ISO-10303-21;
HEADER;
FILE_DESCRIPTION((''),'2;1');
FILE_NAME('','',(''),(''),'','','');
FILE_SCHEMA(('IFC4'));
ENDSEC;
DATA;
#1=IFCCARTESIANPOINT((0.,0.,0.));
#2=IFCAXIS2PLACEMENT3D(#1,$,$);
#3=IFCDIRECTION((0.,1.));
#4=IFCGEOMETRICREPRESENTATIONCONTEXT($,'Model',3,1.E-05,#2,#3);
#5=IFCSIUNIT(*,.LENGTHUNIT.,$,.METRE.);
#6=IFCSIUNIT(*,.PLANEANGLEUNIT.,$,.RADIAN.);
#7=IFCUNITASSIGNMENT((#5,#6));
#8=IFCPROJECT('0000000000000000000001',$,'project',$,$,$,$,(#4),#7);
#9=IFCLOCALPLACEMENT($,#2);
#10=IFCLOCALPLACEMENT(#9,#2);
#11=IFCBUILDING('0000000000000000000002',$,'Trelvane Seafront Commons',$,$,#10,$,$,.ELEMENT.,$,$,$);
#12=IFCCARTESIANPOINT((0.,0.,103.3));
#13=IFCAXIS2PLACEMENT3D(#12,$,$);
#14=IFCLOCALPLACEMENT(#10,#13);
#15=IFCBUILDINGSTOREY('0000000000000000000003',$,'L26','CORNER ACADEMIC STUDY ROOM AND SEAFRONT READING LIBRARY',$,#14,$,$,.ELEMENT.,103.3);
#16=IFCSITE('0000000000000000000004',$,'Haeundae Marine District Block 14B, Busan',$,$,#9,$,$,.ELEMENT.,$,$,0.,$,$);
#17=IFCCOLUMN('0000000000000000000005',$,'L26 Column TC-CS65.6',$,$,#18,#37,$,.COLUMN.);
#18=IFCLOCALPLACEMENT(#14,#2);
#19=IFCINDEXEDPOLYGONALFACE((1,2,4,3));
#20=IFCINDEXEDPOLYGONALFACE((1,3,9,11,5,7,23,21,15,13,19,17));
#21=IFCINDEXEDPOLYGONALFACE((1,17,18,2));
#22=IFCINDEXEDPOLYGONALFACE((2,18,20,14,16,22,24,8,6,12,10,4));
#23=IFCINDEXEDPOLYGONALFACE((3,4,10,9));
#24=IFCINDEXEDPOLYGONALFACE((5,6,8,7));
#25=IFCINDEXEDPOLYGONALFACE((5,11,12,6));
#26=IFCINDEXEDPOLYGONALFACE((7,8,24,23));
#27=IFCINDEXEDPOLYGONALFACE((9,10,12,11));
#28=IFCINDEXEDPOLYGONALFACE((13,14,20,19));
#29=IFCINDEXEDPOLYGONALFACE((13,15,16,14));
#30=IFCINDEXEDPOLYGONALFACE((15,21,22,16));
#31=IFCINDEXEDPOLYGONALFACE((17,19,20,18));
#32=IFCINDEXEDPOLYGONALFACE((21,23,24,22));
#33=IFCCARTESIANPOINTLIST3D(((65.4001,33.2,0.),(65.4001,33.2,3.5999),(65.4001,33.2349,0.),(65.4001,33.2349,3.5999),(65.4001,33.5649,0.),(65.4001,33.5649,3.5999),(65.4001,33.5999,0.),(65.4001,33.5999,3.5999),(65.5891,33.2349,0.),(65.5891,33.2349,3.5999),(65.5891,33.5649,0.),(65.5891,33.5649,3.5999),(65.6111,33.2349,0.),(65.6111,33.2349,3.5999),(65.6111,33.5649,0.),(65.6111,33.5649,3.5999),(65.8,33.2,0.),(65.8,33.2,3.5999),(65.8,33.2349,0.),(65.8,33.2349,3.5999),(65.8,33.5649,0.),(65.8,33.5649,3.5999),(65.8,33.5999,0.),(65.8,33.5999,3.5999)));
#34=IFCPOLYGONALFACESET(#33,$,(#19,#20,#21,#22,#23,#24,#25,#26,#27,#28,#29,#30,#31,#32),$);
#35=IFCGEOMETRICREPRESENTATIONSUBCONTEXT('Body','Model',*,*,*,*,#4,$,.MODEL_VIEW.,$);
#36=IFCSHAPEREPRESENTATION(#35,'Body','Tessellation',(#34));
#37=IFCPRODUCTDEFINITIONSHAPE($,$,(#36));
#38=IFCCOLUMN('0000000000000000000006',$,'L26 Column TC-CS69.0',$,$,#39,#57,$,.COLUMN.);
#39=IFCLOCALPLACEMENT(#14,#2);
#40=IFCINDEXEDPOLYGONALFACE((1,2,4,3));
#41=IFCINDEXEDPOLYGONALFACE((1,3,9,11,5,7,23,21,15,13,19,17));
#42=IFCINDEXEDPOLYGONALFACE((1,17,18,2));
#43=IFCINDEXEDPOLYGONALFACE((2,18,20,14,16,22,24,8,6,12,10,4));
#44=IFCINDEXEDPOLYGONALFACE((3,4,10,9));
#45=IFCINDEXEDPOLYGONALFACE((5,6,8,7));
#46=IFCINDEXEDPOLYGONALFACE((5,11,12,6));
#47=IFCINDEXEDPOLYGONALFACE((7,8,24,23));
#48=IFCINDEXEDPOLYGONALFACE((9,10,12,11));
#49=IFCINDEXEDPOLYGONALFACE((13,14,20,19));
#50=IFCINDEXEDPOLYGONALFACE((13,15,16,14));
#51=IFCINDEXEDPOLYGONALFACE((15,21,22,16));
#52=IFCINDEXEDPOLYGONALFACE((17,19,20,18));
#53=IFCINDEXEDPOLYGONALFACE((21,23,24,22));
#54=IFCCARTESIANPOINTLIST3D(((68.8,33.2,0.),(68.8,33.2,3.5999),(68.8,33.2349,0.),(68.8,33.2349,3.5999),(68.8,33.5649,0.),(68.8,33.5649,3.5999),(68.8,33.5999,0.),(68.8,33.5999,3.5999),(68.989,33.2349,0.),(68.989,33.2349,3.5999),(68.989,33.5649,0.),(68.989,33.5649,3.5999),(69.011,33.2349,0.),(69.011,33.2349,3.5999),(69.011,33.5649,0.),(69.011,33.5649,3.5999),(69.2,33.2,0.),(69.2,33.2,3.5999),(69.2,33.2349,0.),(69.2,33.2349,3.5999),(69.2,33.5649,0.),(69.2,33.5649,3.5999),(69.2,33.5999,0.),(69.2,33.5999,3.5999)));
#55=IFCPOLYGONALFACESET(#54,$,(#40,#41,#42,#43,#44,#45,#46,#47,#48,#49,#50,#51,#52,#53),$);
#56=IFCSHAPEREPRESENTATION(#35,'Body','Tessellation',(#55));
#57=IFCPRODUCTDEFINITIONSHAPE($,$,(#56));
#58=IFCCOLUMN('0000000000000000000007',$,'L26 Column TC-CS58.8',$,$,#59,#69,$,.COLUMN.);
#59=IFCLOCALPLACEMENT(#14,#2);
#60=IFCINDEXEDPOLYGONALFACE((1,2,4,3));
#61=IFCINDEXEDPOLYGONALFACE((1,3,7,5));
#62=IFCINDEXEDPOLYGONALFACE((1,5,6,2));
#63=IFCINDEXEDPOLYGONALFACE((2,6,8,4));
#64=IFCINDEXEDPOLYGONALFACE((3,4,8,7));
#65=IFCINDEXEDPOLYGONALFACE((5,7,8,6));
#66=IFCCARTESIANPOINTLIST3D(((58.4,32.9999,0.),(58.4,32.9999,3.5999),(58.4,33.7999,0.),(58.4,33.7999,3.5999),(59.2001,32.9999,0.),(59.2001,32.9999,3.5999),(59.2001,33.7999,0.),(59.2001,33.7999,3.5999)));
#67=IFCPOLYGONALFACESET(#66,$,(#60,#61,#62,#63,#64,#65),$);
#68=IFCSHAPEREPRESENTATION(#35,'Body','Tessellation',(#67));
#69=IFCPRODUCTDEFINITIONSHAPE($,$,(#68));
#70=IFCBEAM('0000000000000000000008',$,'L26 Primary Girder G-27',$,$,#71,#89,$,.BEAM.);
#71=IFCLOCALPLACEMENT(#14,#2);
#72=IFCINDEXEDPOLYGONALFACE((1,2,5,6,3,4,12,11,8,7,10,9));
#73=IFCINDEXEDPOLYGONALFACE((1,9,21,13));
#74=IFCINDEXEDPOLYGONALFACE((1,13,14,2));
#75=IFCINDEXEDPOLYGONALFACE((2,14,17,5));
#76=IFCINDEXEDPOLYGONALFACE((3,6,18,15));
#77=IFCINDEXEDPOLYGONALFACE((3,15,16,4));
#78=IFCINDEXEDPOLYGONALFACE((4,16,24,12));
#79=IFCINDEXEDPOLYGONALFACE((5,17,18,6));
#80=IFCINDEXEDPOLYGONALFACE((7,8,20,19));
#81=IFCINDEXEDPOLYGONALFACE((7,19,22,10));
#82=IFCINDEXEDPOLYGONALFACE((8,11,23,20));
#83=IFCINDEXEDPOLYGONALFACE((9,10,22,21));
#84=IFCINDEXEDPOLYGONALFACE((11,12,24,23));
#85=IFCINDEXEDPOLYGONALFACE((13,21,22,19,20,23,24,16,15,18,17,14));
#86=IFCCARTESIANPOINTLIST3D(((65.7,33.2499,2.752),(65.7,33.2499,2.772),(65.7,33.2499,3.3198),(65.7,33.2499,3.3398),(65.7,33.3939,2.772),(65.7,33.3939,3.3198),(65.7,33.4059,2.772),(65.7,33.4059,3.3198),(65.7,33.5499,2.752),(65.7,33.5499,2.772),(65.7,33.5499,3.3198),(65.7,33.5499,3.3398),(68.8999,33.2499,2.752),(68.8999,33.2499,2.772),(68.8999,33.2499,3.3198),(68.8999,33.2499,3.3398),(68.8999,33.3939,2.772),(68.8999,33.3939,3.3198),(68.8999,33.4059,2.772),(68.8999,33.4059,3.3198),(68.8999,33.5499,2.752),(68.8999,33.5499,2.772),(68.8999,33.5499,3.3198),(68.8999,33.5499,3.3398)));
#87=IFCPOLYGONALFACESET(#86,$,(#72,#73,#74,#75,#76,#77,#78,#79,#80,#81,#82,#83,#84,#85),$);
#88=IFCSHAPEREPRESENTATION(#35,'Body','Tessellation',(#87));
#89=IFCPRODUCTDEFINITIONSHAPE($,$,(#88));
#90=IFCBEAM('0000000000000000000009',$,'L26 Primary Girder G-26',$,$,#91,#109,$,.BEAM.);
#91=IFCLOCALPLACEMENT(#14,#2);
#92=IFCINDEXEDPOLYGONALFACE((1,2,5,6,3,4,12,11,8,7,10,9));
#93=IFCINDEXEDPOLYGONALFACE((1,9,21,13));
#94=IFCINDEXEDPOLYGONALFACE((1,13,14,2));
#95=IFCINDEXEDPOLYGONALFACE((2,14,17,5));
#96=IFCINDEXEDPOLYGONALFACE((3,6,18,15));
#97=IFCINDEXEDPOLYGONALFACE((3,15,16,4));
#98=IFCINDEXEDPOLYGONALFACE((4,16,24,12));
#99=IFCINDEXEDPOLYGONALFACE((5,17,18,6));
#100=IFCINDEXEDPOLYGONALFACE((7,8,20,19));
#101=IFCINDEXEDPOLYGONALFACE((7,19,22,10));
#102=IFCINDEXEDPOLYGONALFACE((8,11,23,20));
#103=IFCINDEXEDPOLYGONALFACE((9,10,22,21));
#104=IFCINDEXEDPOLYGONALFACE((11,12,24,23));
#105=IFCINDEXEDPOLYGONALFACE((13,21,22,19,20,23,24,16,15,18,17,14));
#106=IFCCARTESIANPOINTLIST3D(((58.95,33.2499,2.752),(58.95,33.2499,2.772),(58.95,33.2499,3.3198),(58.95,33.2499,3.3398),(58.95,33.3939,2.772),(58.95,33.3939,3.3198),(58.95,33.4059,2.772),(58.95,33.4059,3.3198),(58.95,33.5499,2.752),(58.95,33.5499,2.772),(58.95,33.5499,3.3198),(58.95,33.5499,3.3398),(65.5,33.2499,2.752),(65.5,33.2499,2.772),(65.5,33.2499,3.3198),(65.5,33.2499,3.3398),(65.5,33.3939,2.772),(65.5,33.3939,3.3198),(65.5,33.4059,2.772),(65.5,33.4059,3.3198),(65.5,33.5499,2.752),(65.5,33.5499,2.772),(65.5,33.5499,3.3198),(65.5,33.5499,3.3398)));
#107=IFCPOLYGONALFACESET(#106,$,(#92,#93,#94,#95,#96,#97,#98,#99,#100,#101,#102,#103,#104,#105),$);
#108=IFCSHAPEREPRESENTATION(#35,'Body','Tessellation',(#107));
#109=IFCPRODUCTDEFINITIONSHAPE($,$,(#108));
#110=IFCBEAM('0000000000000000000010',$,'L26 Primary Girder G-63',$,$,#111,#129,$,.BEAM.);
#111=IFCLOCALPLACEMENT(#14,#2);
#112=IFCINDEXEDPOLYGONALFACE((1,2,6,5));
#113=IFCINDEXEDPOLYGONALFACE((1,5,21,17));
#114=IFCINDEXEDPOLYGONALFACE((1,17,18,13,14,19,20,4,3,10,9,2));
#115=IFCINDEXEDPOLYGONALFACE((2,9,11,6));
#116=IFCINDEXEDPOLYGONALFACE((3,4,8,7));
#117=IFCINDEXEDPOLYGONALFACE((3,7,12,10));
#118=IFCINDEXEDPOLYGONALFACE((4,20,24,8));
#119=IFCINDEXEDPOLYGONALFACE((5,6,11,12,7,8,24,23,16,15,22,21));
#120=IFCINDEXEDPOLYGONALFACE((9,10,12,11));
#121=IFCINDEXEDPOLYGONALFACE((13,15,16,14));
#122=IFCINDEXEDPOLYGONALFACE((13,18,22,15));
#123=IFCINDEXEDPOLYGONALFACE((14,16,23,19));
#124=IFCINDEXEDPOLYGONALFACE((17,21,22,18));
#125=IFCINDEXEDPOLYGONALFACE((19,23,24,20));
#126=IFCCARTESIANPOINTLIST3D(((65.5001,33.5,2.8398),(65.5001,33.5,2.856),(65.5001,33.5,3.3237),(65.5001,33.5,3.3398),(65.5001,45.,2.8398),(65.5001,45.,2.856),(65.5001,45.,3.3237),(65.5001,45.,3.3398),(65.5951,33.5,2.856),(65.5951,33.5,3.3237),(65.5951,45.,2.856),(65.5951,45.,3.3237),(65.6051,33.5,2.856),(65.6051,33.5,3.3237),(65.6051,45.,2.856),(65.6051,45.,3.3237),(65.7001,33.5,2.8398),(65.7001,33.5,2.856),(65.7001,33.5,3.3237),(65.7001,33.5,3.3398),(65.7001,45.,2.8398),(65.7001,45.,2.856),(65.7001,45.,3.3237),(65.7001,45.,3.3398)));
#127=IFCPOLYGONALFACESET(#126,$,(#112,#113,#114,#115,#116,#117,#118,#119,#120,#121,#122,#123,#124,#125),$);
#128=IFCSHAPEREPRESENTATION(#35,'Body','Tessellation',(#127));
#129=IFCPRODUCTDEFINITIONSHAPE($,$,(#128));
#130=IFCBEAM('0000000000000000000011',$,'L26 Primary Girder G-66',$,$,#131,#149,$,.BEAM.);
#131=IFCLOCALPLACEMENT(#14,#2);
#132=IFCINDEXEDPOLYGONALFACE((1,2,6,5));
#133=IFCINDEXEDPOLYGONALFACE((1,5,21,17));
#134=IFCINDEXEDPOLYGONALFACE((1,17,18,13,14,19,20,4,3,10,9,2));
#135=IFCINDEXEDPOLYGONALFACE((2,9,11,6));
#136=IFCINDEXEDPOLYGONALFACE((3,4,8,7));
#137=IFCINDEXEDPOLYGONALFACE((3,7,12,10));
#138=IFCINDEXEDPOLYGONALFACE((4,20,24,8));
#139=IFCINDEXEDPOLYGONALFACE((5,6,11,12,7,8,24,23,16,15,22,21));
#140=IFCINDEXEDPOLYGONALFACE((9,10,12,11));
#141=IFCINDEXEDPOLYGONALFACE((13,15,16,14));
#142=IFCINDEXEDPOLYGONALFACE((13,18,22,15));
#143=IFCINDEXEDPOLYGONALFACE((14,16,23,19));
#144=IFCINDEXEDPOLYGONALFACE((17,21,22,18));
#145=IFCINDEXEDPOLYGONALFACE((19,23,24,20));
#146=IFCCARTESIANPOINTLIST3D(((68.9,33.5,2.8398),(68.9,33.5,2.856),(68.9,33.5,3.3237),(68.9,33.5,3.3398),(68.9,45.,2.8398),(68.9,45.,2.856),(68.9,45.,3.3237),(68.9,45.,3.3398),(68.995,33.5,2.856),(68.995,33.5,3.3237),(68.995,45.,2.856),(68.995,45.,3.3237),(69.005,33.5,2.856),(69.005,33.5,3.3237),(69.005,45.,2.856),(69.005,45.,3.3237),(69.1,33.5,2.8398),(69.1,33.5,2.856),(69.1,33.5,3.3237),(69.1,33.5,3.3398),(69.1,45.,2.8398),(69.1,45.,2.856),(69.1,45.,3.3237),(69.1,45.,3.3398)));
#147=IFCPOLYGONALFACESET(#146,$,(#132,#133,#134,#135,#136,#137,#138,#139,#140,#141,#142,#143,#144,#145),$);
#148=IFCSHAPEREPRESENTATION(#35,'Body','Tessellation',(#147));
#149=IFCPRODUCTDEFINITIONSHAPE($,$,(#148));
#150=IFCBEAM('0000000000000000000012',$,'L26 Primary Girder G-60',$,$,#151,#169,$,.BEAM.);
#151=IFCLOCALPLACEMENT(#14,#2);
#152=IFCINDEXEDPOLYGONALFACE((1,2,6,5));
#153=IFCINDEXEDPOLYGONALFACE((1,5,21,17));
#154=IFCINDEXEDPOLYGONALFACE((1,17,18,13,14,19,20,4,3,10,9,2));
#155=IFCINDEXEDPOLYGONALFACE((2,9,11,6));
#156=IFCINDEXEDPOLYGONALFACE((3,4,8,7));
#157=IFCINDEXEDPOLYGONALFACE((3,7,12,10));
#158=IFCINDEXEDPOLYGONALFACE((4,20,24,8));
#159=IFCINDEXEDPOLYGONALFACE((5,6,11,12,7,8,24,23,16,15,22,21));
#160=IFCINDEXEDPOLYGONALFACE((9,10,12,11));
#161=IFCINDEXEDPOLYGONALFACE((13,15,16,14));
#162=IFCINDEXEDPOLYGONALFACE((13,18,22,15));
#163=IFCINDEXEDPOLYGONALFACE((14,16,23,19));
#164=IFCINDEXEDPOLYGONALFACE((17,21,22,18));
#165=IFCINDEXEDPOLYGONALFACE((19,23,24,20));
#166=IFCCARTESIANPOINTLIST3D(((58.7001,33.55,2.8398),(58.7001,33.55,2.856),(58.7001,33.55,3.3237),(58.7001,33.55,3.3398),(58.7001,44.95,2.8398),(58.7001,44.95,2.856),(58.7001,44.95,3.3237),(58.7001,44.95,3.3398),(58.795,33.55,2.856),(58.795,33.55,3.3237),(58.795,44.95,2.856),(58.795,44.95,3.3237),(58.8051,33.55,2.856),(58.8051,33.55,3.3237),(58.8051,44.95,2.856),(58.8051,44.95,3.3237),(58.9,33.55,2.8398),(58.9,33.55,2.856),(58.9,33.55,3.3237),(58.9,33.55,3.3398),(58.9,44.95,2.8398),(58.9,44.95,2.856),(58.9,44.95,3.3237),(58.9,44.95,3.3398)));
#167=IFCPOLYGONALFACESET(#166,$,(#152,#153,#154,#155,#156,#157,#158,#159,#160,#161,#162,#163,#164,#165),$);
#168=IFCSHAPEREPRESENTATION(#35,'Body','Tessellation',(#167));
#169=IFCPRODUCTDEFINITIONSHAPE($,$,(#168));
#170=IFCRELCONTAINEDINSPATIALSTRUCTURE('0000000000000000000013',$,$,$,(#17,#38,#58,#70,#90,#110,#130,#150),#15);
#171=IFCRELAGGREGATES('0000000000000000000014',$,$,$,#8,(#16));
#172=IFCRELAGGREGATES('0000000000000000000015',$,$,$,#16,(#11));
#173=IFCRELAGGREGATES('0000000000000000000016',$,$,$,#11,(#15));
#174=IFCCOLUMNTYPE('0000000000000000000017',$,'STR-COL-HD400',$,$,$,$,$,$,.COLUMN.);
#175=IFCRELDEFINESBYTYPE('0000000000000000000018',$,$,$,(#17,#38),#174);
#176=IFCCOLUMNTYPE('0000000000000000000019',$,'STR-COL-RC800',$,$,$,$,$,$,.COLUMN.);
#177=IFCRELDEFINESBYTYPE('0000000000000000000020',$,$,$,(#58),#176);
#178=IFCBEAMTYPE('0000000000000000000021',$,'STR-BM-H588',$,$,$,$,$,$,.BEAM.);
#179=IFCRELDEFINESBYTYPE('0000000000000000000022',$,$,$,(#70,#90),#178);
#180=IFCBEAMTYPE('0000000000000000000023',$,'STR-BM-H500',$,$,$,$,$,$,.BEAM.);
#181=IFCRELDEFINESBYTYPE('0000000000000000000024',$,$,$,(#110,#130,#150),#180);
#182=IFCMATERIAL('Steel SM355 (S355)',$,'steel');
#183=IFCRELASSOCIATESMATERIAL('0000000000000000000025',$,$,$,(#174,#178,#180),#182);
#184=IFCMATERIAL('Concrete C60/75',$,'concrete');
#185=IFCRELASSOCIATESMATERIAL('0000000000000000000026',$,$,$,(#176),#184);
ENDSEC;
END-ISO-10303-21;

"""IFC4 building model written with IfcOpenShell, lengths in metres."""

from ifc_helpers import new_model, si_unit, direction, frame, origin, origin_2d, place, context, subcontext, project, spatial, rectangle, i_section, extrude, source, transform, mapped, material, material_profile, profile_set, type_object, element, save


model = new_model("IFC4")

# Units and contexts
model_context = context("Model", 3, precision=1e-05, world=origin(), true_north=direction((0.0, 1.0)))
body_context = subcontext(model_context, "Body", "Model", "MODEL_VIEW")
ifc_project = project(units=[si_unit("LENGTHUNIT", "METRE"), si_unit("PLANEANGLEUNIT", "RADIAN")], contexts=[model_context])

# Site, building, storey
site_placement = place(None, origin())
site = spatial("IfcSite", under=ifc_project, at=site_placement, Name="Haeundae Marine District Block 14B, Busan", CompositionType="ELEMENT", RefElevation=0.0)
building_placement = place(site_placement, origin())
building = spatial("IfcBuilding", under=site, at=building_placement, Name="Trelvane Seafront Commons", CompositionType="ELEMENT")
storey_placement = place(building_placement, frame((0.0, 0.0, 103.3)))
storey = spatial("IfcBuildingStorey", under=building, at=storey_placement, Name="L26", Description="CORNER ACADEMIC STUDY ROOM AND SEAFRONT READING LIBRARY", CompositionType="ELEMENT", Elevation=103.3)

# Columns
ifc_material_1 = material(Name="Steel SM355 (S355)", Category="steel")
ifc_material_profile_1 = material_profile(ifc_material_1, i_section(OverallWidth=0.3999, OverallDepth=0.3999, WebThickness=0.022, FlangeThickness=0.0349, at=origin_2d()), Name="HD-400x400x22x35")
ifc_profile_set_1 = profile_set([ifc_material_profile_1], Name="Steel SM355 (S355)")
column_type_1 = type_object("IfcColumnType", Name="STR-COL-HD400", PredefinedType="COLUMN", material=ifc_profile_set_1)
shared_shape_1 = source(origin(), body_context, "Body", "SweptSolid", [
    extrude(i_section(OverallWidth=0.3999, OverallDepth=0.3999, WebThickness=0.022, FlangeThickness=0.0349, at=origin_2d()), origin(), (0.0, 0.0, 1.0), 3.5999),
])
for number, where, z_axis, x_axis, name in (
    (1, (65.6001, 33.3999, 0.0), (0.0, 0.0, 1.0), (1.0, 0.0, 0.0), "L26 Column TC-CS65.6"),
    (2, (69.0, 33.3999, 0.0), (0.0, 0.0, 1.0), (1.0, 0.0, 0.0), "L26 Column TC-CS69.0"),
):
    element("IfcColumn", number, at=place(storey_placement, frame(where, z_axis=z_axis, x_axis=x_axis)), inside=storey, type_object=column_type_1, Name=name, PredefinedType="COLUMN", context=body_context, shape_type="MappedRepresentation", body=[
        mapped(shared_shape_1, transform((0.0, 0.0, 0.0), x_axis=(1.0, 0.0, 0.0), y_axis=(0.0, 1.0, 0.0), z_axis=(0.0, 0.0, 1.0), scale=1.0)),
    ])
ifc_material_2 = material(Name="Concrete C60/75", Category="concrete")
ifc_material_profile_2 = material_profile(ifc_material_2, rectangle(XDim=0.8, YDim=0.8, at=origin_2d()), Name="RC-800x800")
ifc_profile_set_2 = profile_set([ifc_material_profile_2], Name="Concrete C60/75")
column_type_2 = type_object("IfcColumnType", Name="STR-COL-RC800", PredefinedType="COLUMN", material=ifc_profile_set_2)
shared_shape_2 = source(origin(), body_context, "Body", "SweptSolid", [
    extrude(rectangle(XDim=0.8, YDim=0.8, at=origin_2d()), origin(), (0.0, 0.0, 1.0), 3.5999),
])
column_placement = place(storey_placement, frame((58.8, 33.3999, 0.0), z_axis=(0.0, 0.0, 1.0), x_axis=(1.0, 0.0, 0.0)))
element("IfcColumn", 3, at=column_placement, inside=storey, type_object=column_type_2, Name="L26 Column TC-CS58.8", PredefinedType="COLUMN", context=body_context, shape_type="MappedRepresentation", body=[
    mapped(shared_shape_2, transform((0.0, 0.0, 0.0), x_axis=(1.0, 0.0, 0.0), y_axis=(0.0, 1.0, 0.0), z_axis=(0.0, 0.0, 1.0), scale=1.0)),
])

# Beams
ifc_material_profile_3 = material_profile(ifc_material_1, i_section(OverallWidth=0.3, OverallDepth=0.5879, WebThickness=0.012, FlangeThickness=0.02, at=origin_2d()), Name="H-588x300x12x20")
ifc_profile_set_3 = profile_set([ifc_material_profile_3], Name="Steel SM355 (S355)")
beam_type_1 = type_object("IfcBeamType", Name="STR-BM-H588", PredefinedType="BEAM", material=ifc_profile_set_3)
shared_shape_3 = source(origin(), body_context, "Body", "SweptSolid", [
    extrude(i_section(OverallWidth=0.3, OverallDepth=0.5879, WebThickness=0.012, FlangeThickness=0.02, at=origin_2d()), origin(), (0.0, 0.0, 1.0), 3.2),
])
beam_1_placement = place(storey_placement, frame((65.7, 33.3999, 3.0459), z_axis=(1.0, 0.0, 0.0), x_axis=(0.0, 1.0, 0.0)))
element("IfcBeam", 4, at=beam_1_placement, inside=storey, type_object=beam_type_1, Name="L26 Primary Girder G-27", PredefinedType="BEAM", context=body_context, shape_type="MappedRepresentation", body=[
    mapped(shared_shape_3, transform((0.0, 0.0, 0.0), x_axis=(1.0, 0.0, 0.0), y_axis=(0.0, 1.0, 0.0), z_axis=(0.0, 0.0, 1.0), scale=1.0)),
])
shared_shape_4 = source(origin(), body_context, "Body", "SweptSolid", [
    extrude(i_section(OverallWidth=0.3, OverallDepth=0.5879, WebThickness=0.012, FlangeThickness=0.02, at=origin_2d()), origin(), (0.0, 0.0, 1.0), 6.55),
])
beam_2_placement = place(storey_placement, frame((58.95, 33.3999, 3.0459), z_axis=(1.0, 0.0, 0.0), x_axis=(0.0, 1.0, 0.0)))
element("IfcBeam", 5, at=beam_2_placement, inside=storey, type_object=beam_type_1, Name="L26 Primary Girder G-26", PredefinedType="BEAM", context=body_context, shape_type="MappedRepresentation", body=[
    mapped(shared_shape_4, transform((0.0, 0.0, 0.0), x_axis=(1.0, 0.0, 0.0), y_axis=(0.0, 1.0, 0.0), z_axis=(0.0, 0.0, 1.0), scale=1.0)),
])
ifc_material_profile_4 = material_profile(ifc_material_1, i_section(OverallWidth=0.2, OverallDepth=0.5, WebThickness=0.01, FlangeThickness=0.0161, at=origin_2d()), Name="H-500x200x10x16")
ifc_profile_set_4 = profile_set([ifc_material_profile_4], Name="Steel SM355 (S355)")
beam_type_2 = type_object("IfcBeamType", Name="STR-BM-H500", PredefinedType="BEAM", material=ifc_profile_set_4)
shared_shape_5 = source(origin(), body_context, "Body", "SweptSolid", [
    extrude(i_section(OverallWidth=0.2, OverallDepth=0.5, WebThickness=0.01, FlangeThickness=0.0161, at=origin_2d()), origin(), (0.0, 0.0, 1.0), 11.5),
])
for number, where, z_axis, x_axis, name in (
    (6, (65.6001, 33.5, 3.0898), (0.0, 1.0, 0.0), (-1.0, 0.0, 0.0), "L26 Primary Girder G-63"),
    (7, (69.0, 33.5, 3.0898), (0.0, 1.0, 0.0), (-1.0, 0.0, 0.0), "L26 Primary Girder G-66"),
):
    element("IfcBeam", number, at=place(storey_placement, frame(where, z_axis=z_axis, x_axis=x_axis)), inside=storey, type_object=beam_type_2, Name=name, PredefinedType="BEAM", context=body_context, shape_type="MappedRepresentation", body=[
        mapped(shared_shape_5, transform((0.0, 0.0, 0.0), x_axis=(1.0, 0.0, 0.0), y_axis=(0.0, 1.0, 0.0), z_axis=(0.0, 0.0, 1.0), scale=1.0)),
    ])
shared_shape_6 = source(origin(), body_context, "Body", "SweptSolid", [
    extrude(i_section(OverallWidth=0.2, OverallDepth=0.5, WebThickness=0.01, FlangeThickness=0.0161, at=origin_2d()), origin(), (0.0, 0.0, 1.0), 11.3999),
])
beam_3_placement = place(storey_placement, frame((58.8, 33.55, 3.0898), z_axis=(0.0, 1.0, 0.0), x_axis=(-1.0, 0.0, 0.0)))
element("IfcBeam", 8, at=beam_3_placement, inside=storey, type_object=beam_type_2, Name="L26 Primary Girder G-60", PredefinedType="BEAM", context=body_context, shape_type="MappedRepresentation", body=[
    mapped(shared_shape_6, transform((0.0, 0.0, 0.0), x_axis=(1.0, 0.0, 0.0), y_axis=(0.0, 1.0, 0.0), z_axis=(0.0, 0.0, 1.0), scale=1.0)),
])

save(model, "model.ifc")
